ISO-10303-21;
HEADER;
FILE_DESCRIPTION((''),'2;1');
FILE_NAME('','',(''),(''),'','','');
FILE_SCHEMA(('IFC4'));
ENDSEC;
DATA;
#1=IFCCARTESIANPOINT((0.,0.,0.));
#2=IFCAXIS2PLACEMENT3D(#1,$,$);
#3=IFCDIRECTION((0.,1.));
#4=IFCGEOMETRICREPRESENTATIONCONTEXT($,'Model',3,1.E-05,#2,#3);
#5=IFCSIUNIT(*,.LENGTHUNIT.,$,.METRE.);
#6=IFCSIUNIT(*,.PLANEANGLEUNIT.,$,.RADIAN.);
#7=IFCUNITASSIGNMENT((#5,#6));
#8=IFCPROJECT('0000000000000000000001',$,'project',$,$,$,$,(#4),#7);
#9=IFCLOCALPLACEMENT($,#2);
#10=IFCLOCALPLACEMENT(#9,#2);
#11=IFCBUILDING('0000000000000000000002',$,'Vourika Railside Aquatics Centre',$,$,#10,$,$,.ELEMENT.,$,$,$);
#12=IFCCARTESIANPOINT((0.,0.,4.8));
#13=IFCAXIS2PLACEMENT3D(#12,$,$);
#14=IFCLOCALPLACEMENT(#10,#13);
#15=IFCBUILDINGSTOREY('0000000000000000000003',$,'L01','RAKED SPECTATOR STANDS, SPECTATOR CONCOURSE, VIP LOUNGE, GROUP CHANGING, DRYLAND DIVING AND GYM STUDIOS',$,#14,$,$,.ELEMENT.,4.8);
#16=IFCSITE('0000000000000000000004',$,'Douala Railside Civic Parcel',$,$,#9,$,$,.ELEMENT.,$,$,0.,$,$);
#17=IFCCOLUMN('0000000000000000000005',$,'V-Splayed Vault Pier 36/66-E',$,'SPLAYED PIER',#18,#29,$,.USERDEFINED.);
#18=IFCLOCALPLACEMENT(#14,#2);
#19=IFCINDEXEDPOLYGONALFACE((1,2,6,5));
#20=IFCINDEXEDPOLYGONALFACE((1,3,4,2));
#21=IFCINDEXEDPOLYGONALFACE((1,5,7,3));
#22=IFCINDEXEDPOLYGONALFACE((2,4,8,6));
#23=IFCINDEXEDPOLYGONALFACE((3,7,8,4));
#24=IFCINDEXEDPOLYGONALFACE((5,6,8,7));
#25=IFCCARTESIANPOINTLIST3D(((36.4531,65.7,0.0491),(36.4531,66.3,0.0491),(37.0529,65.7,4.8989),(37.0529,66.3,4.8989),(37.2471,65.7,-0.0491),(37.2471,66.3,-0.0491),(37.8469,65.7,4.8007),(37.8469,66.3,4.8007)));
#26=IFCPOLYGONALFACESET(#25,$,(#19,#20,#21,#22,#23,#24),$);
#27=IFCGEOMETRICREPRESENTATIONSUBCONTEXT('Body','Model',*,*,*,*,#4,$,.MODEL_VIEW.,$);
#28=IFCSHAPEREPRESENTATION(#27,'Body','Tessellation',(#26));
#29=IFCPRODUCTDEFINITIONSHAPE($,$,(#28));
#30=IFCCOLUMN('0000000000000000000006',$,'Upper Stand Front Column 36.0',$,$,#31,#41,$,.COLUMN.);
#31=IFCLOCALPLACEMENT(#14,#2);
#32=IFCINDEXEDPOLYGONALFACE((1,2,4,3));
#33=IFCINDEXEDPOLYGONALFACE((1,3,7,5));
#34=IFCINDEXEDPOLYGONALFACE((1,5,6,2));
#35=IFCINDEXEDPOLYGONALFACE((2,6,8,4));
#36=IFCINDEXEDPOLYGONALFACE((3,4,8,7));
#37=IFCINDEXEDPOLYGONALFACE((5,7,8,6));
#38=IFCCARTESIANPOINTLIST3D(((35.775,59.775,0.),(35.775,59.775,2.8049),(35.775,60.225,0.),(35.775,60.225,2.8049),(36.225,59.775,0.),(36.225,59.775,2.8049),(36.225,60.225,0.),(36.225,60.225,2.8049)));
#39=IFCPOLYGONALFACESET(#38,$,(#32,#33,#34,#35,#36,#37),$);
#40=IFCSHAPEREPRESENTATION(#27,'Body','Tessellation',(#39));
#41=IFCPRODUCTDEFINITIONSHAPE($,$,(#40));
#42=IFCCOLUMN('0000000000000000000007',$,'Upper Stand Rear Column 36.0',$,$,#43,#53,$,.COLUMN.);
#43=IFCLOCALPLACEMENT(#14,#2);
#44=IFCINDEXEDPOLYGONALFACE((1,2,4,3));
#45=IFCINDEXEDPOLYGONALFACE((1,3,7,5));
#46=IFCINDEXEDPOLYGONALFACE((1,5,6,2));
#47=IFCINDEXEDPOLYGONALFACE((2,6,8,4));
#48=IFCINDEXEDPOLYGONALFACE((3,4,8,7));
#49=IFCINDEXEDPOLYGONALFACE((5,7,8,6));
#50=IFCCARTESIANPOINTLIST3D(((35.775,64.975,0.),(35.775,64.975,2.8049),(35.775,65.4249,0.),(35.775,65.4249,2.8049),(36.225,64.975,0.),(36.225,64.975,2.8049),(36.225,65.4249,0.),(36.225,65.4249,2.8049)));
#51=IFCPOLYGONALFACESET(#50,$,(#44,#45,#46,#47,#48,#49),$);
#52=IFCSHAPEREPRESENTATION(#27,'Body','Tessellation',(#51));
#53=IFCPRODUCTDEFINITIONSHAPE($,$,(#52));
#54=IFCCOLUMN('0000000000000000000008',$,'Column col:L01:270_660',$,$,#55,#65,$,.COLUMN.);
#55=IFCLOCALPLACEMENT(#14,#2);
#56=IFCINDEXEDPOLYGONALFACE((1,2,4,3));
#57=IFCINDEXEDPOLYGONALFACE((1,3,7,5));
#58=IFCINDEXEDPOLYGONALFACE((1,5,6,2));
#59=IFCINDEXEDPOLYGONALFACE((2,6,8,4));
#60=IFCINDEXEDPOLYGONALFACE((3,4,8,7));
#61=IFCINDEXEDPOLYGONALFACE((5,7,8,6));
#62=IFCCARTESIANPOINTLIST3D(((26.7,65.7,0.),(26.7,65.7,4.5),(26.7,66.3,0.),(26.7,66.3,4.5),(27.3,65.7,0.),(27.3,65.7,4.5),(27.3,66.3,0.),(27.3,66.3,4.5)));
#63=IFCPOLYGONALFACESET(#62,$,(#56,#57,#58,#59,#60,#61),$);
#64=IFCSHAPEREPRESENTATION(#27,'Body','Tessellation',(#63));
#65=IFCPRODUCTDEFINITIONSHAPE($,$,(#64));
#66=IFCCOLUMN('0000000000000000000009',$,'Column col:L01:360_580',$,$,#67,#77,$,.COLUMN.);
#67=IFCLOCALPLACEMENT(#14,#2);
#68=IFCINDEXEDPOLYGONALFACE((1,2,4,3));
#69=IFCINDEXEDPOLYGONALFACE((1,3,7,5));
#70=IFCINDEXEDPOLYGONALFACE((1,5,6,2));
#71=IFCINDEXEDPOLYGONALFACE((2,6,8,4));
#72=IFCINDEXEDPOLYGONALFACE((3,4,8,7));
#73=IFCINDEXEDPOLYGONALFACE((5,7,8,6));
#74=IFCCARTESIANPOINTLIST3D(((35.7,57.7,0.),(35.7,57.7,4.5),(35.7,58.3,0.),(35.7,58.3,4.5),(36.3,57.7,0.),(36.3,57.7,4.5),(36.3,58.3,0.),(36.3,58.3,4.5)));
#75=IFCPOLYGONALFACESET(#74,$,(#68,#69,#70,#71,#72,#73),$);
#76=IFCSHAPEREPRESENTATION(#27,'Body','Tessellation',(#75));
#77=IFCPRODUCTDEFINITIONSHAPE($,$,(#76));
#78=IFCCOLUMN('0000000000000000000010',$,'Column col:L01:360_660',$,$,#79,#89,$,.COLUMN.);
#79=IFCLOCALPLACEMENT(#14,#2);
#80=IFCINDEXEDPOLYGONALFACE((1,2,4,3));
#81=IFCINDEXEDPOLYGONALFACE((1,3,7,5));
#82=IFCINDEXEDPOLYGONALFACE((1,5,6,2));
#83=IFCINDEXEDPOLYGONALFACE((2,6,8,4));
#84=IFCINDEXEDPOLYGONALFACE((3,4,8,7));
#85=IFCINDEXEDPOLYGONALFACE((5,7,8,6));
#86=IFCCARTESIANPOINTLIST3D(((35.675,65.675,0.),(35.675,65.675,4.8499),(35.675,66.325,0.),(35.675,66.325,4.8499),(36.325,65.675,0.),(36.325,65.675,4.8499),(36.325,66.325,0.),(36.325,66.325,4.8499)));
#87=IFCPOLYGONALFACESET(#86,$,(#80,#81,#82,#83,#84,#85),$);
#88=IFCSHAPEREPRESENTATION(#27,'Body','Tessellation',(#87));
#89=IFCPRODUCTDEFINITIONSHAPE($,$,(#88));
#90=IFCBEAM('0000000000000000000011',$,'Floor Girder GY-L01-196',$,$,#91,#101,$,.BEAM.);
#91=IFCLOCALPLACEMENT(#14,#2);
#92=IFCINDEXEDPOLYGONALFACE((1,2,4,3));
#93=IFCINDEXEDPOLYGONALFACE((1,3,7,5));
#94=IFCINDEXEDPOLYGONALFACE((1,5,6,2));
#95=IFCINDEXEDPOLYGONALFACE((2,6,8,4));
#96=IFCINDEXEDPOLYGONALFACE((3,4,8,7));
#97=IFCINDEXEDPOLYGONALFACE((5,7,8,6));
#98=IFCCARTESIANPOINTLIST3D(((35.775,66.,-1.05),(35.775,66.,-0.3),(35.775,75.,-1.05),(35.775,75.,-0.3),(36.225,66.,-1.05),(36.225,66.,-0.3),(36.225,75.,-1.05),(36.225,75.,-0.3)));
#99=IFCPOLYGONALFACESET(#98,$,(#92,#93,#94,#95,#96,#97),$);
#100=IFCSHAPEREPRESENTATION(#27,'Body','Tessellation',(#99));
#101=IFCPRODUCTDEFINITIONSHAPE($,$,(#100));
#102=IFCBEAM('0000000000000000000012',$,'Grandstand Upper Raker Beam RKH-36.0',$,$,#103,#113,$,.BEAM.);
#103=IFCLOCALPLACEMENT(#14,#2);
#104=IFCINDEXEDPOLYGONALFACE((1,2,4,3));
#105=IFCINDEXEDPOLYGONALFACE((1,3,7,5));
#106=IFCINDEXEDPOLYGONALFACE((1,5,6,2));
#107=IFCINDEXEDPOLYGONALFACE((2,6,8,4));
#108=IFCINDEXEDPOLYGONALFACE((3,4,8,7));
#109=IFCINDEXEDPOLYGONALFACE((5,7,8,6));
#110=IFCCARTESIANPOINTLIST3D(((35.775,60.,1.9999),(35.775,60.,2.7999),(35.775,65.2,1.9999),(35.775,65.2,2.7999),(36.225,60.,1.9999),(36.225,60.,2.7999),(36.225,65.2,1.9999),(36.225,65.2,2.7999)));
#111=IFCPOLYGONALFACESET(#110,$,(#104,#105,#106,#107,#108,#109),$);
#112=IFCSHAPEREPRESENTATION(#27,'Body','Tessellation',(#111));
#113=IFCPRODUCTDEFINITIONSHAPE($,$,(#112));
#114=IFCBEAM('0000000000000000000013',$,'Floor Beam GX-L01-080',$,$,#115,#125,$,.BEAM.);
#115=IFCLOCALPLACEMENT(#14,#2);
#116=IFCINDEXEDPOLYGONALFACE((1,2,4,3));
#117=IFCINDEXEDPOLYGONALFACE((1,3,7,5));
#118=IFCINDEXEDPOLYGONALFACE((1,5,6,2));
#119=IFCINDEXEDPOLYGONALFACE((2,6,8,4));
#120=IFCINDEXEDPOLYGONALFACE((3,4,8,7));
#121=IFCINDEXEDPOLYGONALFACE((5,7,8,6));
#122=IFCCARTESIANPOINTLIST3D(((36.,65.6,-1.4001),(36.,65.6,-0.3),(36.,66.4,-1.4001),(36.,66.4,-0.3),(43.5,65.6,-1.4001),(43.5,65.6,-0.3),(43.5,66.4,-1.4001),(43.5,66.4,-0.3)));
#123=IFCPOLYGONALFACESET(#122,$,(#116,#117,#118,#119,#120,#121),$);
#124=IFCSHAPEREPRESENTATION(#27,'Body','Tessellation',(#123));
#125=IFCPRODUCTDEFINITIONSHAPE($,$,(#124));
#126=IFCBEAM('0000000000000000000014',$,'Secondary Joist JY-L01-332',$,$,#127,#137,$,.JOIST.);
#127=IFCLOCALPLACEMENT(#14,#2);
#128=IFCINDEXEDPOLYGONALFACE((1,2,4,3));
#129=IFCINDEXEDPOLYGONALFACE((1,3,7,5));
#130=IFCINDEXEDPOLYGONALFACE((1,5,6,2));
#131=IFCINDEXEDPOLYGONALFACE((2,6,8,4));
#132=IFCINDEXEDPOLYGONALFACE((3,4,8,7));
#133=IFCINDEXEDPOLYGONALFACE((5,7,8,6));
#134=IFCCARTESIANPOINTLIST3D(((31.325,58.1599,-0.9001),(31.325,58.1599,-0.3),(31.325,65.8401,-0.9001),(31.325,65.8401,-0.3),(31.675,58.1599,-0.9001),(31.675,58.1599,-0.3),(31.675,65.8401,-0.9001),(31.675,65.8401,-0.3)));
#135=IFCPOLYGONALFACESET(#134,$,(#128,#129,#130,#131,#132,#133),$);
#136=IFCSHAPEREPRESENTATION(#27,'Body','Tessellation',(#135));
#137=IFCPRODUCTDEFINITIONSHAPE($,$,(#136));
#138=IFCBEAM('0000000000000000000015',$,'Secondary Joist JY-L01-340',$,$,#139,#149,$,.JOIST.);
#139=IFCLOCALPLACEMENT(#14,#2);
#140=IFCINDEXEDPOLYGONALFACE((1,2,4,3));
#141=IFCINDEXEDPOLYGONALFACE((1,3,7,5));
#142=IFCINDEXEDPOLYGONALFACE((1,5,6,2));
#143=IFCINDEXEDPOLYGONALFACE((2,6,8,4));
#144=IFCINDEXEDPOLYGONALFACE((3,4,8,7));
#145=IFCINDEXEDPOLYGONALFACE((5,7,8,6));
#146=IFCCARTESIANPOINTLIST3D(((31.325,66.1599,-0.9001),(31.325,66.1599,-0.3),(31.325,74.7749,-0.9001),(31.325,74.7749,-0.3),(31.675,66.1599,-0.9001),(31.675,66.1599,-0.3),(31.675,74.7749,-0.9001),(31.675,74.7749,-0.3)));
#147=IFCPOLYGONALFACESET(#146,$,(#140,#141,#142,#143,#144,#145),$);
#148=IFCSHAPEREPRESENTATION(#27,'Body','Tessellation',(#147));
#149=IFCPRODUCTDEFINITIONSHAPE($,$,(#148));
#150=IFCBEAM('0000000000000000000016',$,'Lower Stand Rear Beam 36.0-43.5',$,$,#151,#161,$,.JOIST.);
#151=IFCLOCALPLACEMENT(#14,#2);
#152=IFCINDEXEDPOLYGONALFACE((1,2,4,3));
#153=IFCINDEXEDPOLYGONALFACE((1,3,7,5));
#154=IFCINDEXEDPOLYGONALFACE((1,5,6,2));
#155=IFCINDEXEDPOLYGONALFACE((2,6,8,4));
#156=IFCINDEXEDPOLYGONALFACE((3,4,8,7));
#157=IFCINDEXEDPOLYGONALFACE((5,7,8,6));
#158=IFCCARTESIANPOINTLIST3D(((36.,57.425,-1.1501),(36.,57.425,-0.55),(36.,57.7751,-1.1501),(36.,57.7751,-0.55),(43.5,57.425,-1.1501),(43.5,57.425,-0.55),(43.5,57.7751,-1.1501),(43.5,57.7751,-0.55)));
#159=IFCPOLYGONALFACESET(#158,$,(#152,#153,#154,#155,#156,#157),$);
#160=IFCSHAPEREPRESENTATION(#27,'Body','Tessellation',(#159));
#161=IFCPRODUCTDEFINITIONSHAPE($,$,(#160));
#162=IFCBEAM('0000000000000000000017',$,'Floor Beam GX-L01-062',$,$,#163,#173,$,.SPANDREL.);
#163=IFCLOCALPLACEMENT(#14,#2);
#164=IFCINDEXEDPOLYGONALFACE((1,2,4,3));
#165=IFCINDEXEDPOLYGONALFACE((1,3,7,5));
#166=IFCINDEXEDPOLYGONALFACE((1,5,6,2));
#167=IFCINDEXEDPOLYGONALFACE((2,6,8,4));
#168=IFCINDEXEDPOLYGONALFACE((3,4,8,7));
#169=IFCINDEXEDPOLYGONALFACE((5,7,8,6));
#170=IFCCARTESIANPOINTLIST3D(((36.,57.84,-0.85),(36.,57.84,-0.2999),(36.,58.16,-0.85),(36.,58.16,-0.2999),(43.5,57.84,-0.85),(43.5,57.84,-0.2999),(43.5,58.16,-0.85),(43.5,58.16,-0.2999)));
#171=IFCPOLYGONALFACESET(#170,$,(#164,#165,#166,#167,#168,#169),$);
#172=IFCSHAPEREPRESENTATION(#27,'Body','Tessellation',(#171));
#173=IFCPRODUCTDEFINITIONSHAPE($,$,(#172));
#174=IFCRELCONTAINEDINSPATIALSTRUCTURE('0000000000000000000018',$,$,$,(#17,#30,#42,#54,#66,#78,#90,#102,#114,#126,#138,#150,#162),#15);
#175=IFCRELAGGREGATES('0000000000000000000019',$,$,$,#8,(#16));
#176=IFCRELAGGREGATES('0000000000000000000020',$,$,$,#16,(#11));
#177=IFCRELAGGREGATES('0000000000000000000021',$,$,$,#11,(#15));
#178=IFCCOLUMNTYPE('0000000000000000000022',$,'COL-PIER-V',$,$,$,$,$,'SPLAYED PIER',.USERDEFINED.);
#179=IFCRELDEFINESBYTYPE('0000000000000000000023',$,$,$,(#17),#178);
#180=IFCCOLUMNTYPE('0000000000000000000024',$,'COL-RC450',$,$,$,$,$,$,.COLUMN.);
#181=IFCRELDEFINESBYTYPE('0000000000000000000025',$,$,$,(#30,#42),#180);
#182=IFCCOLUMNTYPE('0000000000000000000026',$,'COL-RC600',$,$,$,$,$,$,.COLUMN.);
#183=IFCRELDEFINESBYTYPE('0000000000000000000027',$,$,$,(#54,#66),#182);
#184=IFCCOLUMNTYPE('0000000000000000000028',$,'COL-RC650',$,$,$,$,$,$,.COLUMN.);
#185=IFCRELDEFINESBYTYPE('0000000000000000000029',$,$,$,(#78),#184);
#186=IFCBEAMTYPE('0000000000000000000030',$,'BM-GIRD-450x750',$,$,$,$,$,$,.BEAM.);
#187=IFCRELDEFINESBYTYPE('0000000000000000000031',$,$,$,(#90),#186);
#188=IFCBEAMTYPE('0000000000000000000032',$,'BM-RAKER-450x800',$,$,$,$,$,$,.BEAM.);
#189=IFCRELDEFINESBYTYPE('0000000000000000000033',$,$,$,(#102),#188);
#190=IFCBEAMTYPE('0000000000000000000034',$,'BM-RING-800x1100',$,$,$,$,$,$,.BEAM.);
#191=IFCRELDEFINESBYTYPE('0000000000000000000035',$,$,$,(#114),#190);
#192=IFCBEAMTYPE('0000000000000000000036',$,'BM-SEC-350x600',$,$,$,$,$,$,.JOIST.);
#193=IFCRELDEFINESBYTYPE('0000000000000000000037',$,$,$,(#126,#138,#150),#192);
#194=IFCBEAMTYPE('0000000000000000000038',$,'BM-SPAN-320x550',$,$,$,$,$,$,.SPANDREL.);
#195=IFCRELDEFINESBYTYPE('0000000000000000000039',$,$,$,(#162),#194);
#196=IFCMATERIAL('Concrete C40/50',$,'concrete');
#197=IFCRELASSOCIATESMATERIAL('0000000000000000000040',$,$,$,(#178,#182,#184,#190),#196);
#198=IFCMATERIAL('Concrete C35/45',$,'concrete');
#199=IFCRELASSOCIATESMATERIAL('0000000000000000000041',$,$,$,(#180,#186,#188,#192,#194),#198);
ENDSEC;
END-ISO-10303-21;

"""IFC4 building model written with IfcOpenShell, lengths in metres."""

from ifc_helpers import new_model, si_unit, direction, frame, origin, origin_2d, place, context, subcontext, project, spatial, rectangle, extrude, material, material_profile, profile_set, type_object, element, save


model = new_model("IFC4")

# Units and contexts
model_context = context("Model", 3, precision=1e-05, world=origin(), true_north=direction((0.0, 1.0)))
body_context = subcontext(model_context, "Body", "Model", "MODEL_VIEW")
ifc_project = project(units=[si_unit("LENGTHUNIT", "METRE"), si_unit("PLANEANGLEUNIT", "RADIAN")], contexts=[model_context])

# Site, building, storey
site_placement = place(None, origin())
site = spatial("IfcSite", under=ifc_project, at=site_placement, Name="Douala Railside Civic Parcel", CompositionType="ELEMENT", RefElevation=0.0)
building_placement = place(site_placement, origin())
building = spatial("IfcBuilding", under=site, at=building_placement, Name="Vourika Railside Aquatics Centre", CompositionType="ELEMENT")
storey_placement = place(building_placement, frame((0.0, 0.0, 4.8)))
storey = spatial("IfcBuildingStorey", under=building, at=storey_placement, Name="L01", Description="RAKED SPECTATOR STANDS, SPECTATOR CONCOURSE, VIP LOUNGE, GROUP CHANGING, DRYLAND DIVING AND GYM STUDIOS", CompositionType="ELEMENT", Elevation=4.8)

# Columns
ifc_material_1 = material(Name="Concrete C40/50", Category="concrete")
ifc_material_profile_1 = material_profile(ifc_material_1, rectangle(XDim=0.6001, YDim=0.8, at=origin_2d()), Name="RC 600x800")
ifc_profile_set_1 = profile_set([ifc_material_profile_1], Name="Concrete C40/50")
column_type_1 = type_object("IfcColumnType", Name="COL-PIER-V", ElementType="SPLAYED PIER", PredefinedType="USERDEFINED", material=ifc_profile_set_1)
column_1_placement = place(storey_placement, frame((36.8501, 66.0, 0.0), z_axis=(0.12275, 0.0, 0.992438), x_axis=(0.0, 1.0, 0.0)))
element("IfcColumn", 1, at=column_1_placement, inside=storey, type_object=column_type_1, Name="V-Splayed Vault Pier 36/66-E", ObjectType="SPLAYED PIER", PredefinedType="USERDEFINED", context=body_context, shape_type="SweptSolid", body=[
    extrude(rectangle(XDim=0.6001, YDim=0.8, at=origin_2d()), origin(), (0.0, 0.0, 1.0), 4.8867),
])
ifc_material_2 = material(Name="Concrete C35/45", Category="concrete")
ifc_material_profile_2 = material_profile(ifc_material_2, rectangle(XDim=0.45, YDim=0.45, at=origin_2d()), Name="RC 450x450")
ifc_profile_set_2 = profile_set([ifc_material_profile_2], Name="Concrete C35/45")
column_type_2 = type_object("IfcColumnType", Name="COL-RC450", PredefinedType="COLUMN", material=ifc_profile_set_2)
for number, where, z_axis, x_axis, name in (
    (2, (36.0, 60.0, 0.0), (0.0, 0.0, 1.0), (1.0, 0.0, 0.0), "Upper Stand Front Column 36.0"),
    (3, (36.0, 65.2, 0.0), (0.0, 0.0, 1.0), (1.0, 0.0, 0.0), "Upper Stand Rear Column 36.0"),
):
    element("IfcColumn", number, at=place(storey_placement, frame(where, z_axis=z_axis, x_axis=x_axis)), inside=storey, type_object=column_type_2, Name=name, PredefinedType="COLUMN", context=body_context, shape_type="SweptSolid", body=[
        extrude(rectangle(XDim=0.45, YDim=0.45, at=origin_2d()), origin(), (0.0, 0.0, 1.0), 2.8049),
    ])
ifc_material_profile_3 = material_profile(ifc_material_1, rectangle(XDim=0.6001, YDim=0.6001, at=origin_2d()), Name="RC 600x600")
ifc_profile_set_3 = profile_set([ifc_material_profile_3], Name="Concrete C40/50")
column_type_3 = type_object("IfcColumnType", Name="COL-RC600", PredefinedType="COLUMN", material=ifc_profile_set_3)
for number, where, z_axis, x_axis, name in (
    (4, (27.0, 66.0, 0.0), (0.0, 0.0, 1.0), (1.0, 0.0, 0.0), "Column col:L01:270_660"),
    (5, (36.0, 58.0, 0.0), (0.0, 0.0, 1.0), (1.0, 0.0, 0.0), "Column col:L01:360_580"),
):
    element("IfcColumn", number, at=place(storey_placement, frame(where, z_axis=z_axis, x_axis=x_axis)), inside=storey, type_object=column_type_3, Name=name, PredefinedType="COLUMN", context=body_context, shape_type="SweptSolid", body=[
        extrude(rectangle(XDim=0.6001, YDim=0.6001, at=origin_2d()), origin(), (0.0, 0.0, 1.0), 4.5),
    ])
ifc_material_profile_4 = material_profile(ifc_material_1, rectangle(XDim=0.6499, YDim=0.6499, at=origin_2d()), Name="RC 650x650")
ifc_profile_set_4 = profile_set([ifc_material_profile_4], Name="Concrete C40/50")
column_type_4 = type_object("IfcColumnType", Name="COL-RC650", PredefinedType="COLUMN", material=ifc_profile_set_4)
column_2_placement = place(storey_placement, frame((36.0, 66.0, 0.0), z_axis=(0.0, 0.0, 1.0), x_axis=(1.0, 0.0, 0.0)))
element("IfcColumn", 6, at=column_2_placement, inside=storey, type_object=column_type_4, Name="Column col:L01:360_660", PredefinedType="COLUMN", context=body_context, shape_type="SweptSolid", body=[
    extrude(rectangle(XDim=0.6499, YDim=0.6499, at=origin_2d()), origin(), (0.0, 0.0, 1.0), 4.8499),
])

# Beams
ifc_material_profile_5 = material_profile(ifc_material_2, rectangle(XDim=0.45, YDim=0.75, at=origin_2d()), Name="RC 450x750")
ifc_profile_set_5 = profile_set([ifc_material_profile_5], Name="Concrete C35/45")
beam_type_1 = type_object("IfcBeamType", Name="BM-GIRD-450x750", PredefinedType="BEAM", material=ifc_profile_set_5)
beam_1_placement = place(storey_placement, frame((36.0, 66.0, -0.675), z_axis=(0.0, 1.0, 0.0), x_axis=(-1.0, 0.0, 0.0)))
element("IfcBeam", 7, at=beam_1_placement, inside=storey, type_object=beam_type_1, Name="Floor Girder GY-L01-196", PredefinedType="BEAM", context=body_context, shape_type="SweptSolid", body=[
    extrude(rectangle(XDim=0.45, YDim=0.75, at=origin_2d()), origin(), (0.0, 0.0, 1.0), 9.0),
])
ifc_material_profile_6 = material_profile(ifc_material_2, rectangle(XDim=0.45, YDim=0.8, at=origin_2d()), Name="RC 450x800")
ifc_profile_set_6 = profile_set([ifc_material_profile_6], Name="Concrete C35/45")
beam_type_2 = type_object("IfcBeamType", Name="BM-RAKER-450x800", PredefinedType="BEAM", material=ifc_profile_set_6)
beam_2_placement = place(storey_placement, frame((36.0, 60.0, 2.3999), z_axis=(0.0, 1.0, 0.0), x_axis=(-1.0, 0.0, 0.0)))
element("IfcBeam", 8, at=beam_2_placement, inside=storey, type_object=beam_type_2, Name="Grandstand Upper Raker Beam RKH-36.0", PredefinedType="BEAM", context=body_context, shape_type="SweptSolid", body=[
    extrude(rectangle(XDim=0.45, YDim=0.8, at=origin_2d()), origin(), (0.0, 0.0, 1.0), 5.2),
])
ifc_material_profile_7 = material_profile(ifc_material_1, rectangle(XDim=0.8, YDim=1.1001, at=origin_2d()), Name="RC 800x1100")
ifc_profile_set_7 = profile_set([ifc_material_profile_7], Name="Concrete C40/50")
beam_type_3 = type_object("IfcBeamType", Name="BM-RING-800x1100", PredefinedType="BEAM", material=ifc_profile_set_7)
beam_3_placement = place(storey_placement, frame((36.0, 66.0, -0.8501), z_axis=(1.0, 0.0, 0.0), x_axis=(0.0, 1.0, 0.0)))
element("IfcBeam", 9, at=beam_3_placement, inside=storey, type_object=beam_type_3, Name="Floor Beam GX-L01-080", PredefinedType="BEAM", context=body_context, shape_type="SweptSolid", body=[
    extrude(rectangle(XDim=0.8, YDim=1.1001, at=origin_2d()), origin(), (0.0, 0.0, 1.0), 7.5),
])
ifc_material_profile_8 = material_profile(ifc_material_2, rectangle(XDim=0.3501, YDim=0.6001, at=origin_2d()), Name="RC 350x600")
ifc_profile_set_8 = profile_set([ifc_material_profile_8], Name="Concrete C35/45")
beam_type_4 = type_object("IfcBeamType", Name="BM-SEC-350x600", PredefinedType="JOIST", material=ifc_profile_set_8)
beam_4_placement = place(storey_placement, frame((31.5, 58.1599, -0.6001), z_axis=(0.0, 1.0, 0.0), x_axis=(-1.0, 0.0, 0.0)))
element("IfcBeam", 10, at=beam_4_placement, inside=storey, type_object=beam_type_4, Name="Secondary Joist JY-L01-332", PredefinedType="JOIST", context=body_context, shape_type="SweptSolid", body=[
    extrude(rectangle(XDim=0.3501, YDim=0.6001, at=origin_2d()), origin(), (0.0, 0.0, 1.0), 7.6802),
])
beam_5_placement = place(storey_placement, frame((31.5, 66.1599, -0.6001), z_axis=(0.0, 1.0, 0.0), x_axis=(-1.0, 0.0, 0.0)))
element("IfcBeam", 11, at=beam_5_placement, inside=storey, type_object=beam_type_4, Name="Secondary Joist JY-L01-340", PredefinedType="JOIST", context=body_context, shape_type="SweptSolid", body=[
    extrude(rectangle(XDim=0.3501, YDim=0.6001, at=origin_2d()), origin(), (0.0, 0.0, 1.0), 8.615),
])
beam_6_placement = place(storey_placement, frame((36.0, 57.6001, -0.8501), z_axis=(1.0, 0.0, 0.0), x_axis=(0.0, 1.0, 0.0)))
element("IfcBeam", 12, at=beam_6_placement, inside=storey, type_object=beam_type_4, Name="Lower Stand Rear Beam 36.0-43.5", PredefinedType="JOIST", context=body_context, shape_type="SweptSolid", body=[
    extrude(rectangle(XDim=0.3501, YDim=0.6001, at=origin_2d()), origin(), (0.0, 0.0, 1.0), 7.5),
])
ifc_material_profile_9 = material_profile(ifc_material_2, rectangle(XDim=0.3201, YDim=0.55, at=origin_2d()), Name="RC 320x550")
ifc_profile_set_9 = profile_set([ifc_material_profile_9], Name="Concrete C35/45")
beam_type_5 = type_object("IfcBeamType", Name="BM-SPAN-320x550", PredefinedType="SPANDREL", material=ifc_profile_set_9)
beam_7_placement = place(storey_placement, frame((36.0, 58.0, -0.575), z_axis=(1.0, 0.0, 0.0), x_axis=(0.0, 1.0, 0.0)))
element("IfcBeam", 13, at=beam_7_placement, inside=storey, type_object=beam_type_5, Name="Floor Beam GX-L01-062", PredefinedType="SPANDREL", context=body_context, shape_type="SweptSolid", body=[
    extrude(rectangle(XDim=0.3201, YDim=0.55, at=origin_2d()), origin(), (0.0, 0.0, 1.0), 7.5),
])

save(model, "model.ifc")
